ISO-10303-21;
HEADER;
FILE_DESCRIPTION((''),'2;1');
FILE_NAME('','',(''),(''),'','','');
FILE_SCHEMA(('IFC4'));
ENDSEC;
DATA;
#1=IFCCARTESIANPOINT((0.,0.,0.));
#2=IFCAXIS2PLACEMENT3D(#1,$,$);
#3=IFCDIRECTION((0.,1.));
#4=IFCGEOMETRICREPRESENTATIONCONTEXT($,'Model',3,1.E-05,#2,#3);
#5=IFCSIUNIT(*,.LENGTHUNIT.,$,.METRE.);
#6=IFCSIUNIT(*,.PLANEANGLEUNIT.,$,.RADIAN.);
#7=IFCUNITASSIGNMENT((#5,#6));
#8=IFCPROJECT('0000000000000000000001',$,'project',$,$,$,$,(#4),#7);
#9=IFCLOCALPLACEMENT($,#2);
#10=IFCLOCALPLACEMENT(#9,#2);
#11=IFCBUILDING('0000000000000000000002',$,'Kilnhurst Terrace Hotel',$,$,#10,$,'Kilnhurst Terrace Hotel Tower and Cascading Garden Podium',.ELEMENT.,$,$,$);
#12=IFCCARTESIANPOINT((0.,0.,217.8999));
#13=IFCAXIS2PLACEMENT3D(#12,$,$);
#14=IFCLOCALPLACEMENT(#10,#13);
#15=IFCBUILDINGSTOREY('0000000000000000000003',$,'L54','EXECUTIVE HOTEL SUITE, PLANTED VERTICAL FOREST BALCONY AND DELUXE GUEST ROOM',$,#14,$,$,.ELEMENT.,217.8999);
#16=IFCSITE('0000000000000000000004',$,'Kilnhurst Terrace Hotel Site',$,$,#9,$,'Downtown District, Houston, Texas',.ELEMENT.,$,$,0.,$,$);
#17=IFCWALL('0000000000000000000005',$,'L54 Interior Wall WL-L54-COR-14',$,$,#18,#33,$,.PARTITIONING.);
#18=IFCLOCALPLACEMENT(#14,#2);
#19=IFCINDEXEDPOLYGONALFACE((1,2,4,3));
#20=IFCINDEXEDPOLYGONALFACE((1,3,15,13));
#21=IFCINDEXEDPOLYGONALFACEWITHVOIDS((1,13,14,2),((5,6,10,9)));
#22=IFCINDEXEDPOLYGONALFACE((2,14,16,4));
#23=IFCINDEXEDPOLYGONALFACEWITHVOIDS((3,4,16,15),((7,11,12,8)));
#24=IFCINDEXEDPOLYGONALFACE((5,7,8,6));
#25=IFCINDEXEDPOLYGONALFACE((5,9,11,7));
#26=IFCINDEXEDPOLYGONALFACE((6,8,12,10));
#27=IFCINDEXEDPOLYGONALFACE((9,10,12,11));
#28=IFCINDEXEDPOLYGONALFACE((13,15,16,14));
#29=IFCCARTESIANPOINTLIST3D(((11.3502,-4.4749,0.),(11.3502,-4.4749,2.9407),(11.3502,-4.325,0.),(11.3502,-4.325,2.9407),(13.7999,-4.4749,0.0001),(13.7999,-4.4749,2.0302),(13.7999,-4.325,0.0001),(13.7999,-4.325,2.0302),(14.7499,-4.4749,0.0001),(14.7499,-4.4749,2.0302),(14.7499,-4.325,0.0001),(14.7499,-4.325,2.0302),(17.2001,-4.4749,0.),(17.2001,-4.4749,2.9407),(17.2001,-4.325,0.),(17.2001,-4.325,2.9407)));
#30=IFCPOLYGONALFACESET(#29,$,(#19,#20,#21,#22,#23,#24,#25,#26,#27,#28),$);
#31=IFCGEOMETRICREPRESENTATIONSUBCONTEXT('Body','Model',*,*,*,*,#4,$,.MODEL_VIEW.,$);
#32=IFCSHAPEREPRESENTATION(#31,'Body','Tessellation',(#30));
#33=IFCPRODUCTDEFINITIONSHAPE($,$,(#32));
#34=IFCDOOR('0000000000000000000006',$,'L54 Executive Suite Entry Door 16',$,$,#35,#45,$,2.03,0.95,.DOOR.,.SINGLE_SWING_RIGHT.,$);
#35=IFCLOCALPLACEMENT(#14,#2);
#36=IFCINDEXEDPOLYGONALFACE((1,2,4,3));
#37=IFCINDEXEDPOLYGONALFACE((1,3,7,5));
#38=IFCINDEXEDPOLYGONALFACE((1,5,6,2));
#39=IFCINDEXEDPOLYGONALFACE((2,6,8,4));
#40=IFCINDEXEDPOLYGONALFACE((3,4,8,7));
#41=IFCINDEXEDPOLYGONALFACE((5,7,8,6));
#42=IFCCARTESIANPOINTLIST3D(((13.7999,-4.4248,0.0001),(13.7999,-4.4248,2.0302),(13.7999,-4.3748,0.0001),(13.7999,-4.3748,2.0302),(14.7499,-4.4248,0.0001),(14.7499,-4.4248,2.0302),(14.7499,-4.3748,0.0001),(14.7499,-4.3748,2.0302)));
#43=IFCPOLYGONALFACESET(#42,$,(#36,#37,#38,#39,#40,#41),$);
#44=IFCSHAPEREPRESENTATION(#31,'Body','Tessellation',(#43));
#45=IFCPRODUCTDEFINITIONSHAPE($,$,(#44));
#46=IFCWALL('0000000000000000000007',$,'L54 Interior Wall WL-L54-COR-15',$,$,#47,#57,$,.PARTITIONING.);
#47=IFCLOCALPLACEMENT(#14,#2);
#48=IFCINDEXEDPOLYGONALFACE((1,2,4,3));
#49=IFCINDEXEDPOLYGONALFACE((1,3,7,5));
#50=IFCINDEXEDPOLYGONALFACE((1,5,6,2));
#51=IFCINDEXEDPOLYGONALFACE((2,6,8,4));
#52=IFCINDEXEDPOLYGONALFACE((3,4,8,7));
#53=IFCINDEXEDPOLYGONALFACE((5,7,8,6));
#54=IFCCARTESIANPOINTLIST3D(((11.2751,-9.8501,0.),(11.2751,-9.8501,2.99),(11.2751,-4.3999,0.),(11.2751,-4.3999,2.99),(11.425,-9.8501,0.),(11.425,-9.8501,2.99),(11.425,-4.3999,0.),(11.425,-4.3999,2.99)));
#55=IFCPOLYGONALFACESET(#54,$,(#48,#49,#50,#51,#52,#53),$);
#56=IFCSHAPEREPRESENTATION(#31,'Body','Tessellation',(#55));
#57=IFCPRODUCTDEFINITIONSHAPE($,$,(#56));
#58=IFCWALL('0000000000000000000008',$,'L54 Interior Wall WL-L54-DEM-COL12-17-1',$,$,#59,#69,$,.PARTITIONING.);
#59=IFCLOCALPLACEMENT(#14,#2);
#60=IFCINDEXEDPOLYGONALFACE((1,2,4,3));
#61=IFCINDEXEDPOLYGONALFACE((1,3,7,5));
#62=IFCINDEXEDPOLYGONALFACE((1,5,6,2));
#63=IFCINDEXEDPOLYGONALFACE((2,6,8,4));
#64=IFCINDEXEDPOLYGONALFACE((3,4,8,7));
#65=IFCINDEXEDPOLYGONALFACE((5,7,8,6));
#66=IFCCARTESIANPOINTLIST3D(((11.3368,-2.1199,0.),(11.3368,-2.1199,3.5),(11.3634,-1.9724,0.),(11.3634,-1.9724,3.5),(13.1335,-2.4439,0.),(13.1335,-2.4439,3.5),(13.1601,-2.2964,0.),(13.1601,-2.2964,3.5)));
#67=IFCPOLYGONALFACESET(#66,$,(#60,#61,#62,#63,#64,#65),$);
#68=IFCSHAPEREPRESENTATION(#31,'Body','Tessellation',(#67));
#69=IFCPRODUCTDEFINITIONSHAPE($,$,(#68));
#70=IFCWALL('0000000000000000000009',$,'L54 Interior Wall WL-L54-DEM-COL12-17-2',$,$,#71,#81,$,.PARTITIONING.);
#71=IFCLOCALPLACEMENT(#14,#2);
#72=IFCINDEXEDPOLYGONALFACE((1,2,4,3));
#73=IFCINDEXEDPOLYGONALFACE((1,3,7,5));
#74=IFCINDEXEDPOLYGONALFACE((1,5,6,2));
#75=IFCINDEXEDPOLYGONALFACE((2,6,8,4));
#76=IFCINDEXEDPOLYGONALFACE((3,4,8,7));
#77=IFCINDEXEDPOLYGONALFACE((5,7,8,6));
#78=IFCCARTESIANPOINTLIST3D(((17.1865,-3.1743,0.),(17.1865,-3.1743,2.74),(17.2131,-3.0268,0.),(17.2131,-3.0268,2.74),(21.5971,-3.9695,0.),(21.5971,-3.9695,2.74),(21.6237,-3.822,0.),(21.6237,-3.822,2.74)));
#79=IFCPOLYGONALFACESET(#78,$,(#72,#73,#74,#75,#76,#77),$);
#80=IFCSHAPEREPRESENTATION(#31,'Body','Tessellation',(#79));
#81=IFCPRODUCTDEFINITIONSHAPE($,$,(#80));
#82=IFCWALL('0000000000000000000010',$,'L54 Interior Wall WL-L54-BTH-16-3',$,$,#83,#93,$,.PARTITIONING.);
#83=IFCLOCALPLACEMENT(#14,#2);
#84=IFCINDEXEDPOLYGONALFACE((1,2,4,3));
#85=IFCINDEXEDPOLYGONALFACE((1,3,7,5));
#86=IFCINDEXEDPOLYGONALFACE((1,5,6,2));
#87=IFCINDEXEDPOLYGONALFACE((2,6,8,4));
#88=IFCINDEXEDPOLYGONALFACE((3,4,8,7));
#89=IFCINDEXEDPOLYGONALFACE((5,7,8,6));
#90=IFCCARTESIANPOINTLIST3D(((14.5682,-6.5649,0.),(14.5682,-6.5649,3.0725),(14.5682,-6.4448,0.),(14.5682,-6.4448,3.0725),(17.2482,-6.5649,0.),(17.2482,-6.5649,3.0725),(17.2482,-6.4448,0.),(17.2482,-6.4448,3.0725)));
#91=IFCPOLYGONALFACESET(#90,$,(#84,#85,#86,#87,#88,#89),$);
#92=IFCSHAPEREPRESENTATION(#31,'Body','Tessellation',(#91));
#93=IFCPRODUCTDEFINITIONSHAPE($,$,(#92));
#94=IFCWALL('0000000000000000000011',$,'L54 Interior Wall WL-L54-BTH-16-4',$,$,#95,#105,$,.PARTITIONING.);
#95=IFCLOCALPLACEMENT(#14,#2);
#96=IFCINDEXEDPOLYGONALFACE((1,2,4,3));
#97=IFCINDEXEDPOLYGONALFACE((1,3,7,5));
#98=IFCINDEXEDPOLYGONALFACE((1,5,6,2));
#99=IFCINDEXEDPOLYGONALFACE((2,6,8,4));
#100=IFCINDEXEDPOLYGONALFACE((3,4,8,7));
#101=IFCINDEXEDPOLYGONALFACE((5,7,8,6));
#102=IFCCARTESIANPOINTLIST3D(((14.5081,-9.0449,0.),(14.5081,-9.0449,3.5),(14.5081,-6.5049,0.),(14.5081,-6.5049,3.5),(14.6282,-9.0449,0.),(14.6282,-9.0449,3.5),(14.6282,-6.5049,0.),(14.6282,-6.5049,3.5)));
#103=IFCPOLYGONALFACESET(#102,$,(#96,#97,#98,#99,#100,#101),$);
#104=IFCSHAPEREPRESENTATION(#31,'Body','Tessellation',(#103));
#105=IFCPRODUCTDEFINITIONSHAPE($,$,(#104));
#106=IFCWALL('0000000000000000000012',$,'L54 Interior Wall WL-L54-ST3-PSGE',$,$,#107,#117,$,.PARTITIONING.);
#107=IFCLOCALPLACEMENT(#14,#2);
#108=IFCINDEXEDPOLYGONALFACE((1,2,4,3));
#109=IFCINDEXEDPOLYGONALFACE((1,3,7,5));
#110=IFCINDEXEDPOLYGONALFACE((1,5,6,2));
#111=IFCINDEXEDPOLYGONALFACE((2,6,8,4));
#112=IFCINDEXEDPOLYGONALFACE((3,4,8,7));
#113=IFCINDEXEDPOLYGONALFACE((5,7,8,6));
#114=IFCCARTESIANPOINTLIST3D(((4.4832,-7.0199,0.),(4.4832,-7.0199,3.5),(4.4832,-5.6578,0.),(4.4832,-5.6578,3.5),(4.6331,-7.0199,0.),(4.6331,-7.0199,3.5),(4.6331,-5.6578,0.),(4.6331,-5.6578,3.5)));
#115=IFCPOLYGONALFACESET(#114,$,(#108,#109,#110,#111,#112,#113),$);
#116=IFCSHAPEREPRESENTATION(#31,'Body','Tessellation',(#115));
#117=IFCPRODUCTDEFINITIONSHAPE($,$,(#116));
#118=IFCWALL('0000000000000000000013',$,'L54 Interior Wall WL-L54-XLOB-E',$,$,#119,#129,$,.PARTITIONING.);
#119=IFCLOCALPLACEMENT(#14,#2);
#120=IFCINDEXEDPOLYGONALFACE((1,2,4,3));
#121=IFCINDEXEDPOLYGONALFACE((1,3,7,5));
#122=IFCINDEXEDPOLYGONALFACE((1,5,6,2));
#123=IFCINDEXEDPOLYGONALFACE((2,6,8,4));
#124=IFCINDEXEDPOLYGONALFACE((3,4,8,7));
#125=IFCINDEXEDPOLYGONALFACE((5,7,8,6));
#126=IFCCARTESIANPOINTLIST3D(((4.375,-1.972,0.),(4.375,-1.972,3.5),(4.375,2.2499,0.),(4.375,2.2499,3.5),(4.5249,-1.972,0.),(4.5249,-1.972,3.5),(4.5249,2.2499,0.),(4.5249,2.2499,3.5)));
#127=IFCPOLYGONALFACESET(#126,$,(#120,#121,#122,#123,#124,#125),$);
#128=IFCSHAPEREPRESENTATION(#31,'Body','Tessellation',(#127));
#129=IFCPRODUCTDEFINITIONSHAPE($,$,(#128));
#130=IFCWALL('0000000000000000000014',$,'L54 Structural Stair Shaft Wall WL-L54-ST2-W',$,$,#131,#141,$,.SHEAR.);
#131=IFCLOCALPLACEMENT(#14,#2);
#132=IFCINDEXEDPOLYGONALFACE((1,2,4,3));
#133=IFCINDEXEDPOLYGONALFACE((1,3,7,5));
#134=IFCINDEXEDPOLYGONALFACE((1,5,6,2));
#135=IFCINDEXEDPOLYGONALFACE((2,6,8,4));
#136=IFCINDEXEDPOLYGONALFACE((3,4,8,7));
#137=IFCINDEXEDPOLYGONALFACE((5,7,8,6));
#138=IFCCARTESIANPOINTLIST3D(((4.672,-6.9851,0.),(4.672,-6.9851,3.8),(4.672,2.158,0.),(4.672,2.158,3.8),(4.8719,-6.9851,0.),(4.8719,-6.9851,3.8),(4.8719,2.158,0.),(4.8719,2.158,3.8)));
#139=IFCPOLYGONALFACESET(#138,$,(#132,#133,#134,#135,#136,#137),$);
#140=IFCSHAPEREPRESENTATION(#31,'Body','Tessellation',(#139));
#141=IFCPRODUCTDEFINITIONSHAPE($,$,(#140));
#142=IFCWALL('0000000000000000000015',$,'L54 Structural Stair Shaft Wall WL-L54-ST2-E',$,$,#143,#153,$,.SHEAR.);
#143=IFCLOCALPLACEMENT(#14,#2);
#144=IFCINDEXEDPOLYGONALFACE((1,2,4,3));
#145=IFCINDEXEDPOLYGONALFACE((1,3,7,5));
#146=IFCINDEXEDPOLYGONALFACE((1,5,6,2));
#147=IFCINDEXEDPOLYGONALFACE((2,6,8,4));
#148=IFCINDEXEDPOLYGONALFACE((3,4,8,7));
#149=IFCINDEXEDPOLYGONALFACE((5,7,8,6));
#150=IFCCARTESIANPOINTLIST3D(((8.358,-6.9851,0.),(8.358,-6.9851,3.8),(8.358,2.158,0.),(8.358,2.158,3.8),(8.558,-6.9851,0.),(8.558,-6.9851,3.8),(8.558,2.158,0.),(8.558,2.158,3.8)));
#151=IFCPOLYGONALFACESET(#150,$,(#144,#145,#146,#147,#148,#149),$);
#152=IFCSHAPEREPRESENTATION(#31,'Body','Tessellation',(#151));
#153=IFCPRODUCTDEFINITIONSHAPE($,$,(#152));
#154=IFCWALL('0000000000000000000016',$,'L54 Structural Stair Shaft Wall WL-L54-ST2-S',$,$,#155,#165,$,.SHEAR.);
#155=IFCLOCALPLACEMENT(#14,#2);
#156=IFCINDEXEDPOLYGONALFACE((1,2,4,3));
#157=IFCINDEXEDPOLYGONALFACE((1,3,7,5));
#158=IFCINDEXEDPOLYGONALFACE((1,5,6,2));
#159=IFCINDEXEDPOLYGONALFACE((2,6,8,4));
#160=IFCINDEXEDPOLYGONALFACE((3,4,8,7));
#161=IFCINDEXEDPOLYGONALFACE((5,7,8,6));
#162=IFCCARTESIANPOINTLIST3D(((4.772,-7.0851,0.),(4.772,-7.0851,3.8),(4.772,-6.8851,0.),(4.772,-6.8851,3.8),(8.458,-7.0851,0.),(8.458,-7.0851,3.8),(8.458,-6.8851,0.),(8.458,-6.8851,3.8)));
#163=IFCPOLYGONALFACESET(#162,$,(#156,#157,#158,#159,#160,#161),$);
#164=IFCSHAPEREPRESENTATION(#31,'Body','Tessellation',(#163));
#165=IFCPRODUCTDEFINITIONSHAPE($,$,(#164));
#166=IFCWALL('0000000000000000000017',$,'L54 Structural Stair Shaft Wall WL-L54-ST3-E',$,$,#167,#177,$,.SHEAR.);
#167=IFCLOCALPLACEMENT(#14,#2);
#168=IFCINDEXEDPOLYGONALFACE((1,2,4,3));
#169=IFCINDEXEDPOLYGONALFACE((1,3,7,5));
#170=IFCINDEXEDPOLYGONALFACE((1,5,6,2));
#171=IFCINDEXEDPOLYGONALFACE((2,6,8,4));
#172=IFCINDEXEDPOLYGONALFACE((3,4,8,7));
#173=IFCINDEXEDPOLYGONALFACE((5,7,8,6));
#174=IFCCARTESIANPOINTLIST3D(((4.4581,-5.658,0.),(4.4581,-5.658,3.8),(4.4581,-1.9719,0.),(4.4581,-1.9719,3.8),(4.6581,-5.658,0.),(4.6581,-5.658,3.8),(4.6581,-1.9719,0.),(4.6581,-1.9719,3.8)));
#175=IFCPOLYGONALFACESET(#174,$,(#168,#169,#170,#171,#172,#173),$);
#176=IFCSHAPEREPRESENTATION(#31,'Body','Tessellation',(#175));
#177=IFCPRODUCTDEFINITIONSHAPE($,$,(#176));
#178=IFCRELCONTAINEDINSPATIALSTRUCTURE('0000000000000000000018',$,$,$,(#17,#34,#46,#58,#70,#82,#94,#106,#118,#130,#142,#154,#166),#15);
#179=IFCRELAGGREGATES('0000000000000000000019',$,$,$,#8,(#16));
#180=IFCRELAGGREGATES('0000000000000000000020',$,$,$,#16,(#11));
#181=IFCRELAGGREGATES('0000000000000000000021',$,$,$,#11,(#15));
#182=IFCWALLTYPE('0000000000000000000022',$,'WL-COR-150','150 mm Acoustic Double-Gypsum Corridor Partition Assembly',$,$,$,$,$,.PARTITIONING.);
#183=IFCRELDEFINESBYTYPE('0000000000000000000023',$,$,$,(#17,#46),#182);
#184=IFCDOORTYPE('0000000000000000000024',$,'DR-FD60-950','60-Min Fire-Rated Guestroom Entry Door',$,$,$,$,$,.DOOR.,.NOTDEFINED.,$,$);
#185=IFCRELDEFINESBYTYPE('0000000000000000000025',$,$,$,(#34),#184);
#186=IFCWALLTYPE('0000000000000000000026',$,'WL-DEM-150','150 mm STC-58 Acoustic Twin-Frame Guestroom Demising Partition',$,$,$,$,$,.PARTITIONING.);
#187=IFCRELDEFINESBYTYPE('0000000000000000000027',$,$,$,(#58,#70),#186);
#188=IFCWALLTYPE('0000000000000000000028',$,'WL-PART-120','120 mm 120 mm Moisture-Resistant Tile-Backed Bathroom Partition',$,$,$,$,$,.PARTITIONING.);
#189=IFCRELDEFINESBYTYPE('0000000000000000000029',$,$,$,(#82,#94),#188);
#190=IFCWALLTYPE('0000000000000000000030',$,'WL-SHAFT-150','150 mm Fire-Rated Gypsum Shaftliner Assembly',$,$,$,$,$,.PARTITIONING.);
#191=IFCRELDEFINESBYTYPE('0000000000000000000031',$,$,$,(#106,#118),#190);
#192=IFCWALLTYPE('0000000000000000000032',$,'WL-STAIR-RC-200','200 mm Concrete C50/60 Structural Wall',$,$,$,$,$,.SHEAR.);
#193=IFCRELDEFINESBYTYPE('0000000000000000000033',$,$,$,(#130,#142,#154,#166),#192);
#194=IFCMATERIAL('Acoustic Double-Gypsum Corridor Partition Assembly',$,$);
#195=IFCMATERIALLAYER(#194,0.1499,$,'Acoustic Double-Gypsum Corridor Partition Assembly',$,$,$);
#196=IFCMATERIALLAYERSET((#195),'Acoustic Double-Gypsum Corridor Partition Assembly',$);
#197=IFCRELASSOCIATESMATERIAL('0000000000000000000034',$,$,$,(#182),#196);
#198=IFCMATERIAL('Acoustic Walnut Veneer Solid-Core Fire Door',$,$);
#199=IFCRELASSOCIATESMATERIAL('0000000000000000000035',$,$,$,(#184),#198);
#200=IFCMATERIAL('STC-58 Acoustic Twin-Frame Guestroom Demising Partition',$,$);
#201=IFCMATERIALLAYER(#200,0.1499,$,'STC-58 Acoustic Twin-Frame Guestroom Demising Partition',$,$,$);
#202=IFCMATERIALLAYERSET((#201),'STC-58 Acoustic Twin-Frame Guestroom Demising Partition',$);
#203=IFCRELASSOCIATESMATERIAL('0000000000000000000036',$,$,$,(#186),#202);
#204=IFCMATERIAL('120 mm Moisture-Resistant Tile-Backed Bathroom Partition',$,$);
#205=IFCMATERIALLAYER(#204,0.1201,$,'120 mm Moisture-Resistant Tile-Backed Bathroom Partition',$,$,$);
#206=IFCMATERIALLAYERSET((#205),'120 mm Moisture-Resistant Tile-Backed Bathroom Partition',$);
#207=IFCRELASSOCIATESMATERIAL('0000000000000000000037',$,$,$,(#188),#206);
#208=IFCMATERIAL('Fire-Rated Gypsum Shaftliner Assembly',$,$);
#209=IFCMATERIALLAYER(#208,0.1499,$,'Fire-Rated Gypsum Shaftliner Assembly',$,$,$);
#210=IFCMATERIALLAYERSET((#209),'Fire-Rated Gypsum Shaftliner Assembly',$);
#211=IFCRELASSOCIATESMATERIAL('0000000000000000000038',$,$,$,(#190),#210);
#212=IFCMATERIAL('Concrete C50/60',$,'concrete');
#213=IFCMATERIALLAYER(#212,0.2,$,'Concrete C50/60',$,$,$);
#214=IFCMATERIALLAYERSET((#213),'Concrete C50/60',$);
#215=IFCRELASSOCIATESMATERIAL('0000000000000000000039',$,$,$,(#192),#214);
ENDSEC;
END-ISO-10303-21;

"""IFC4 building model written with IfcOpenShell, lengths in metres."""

from ifc_helpers import new_model, si_unit, direction, frame, frame_2d, origin, place, context, subcontext, project, spatial, rectangle, extrude, material, layer, layer_set, type_object, element, fill, save


model = new_model("IFC4")

# Units and contexts
model_context = context("Model", 3, precision=1e-05, world=origin(), true_north=direction((0.0, 1.0)))
body_context = subcontext(model_context, "Body", "Model", "MODEL_VIEW")
ifc_project = project(units=[si_unit("LENGTHUNIT", "METRE"), si_unit("PLANEANGLEUNIT", "RADIAN")], contexts=[model_context])

# Site, building, storey
site_placement = place(None, origin())
site = spatial("IfcSite", under=ifc_project, at=site_placement, Name="Kilnhurst Terrace Hotel Site", LongName="Downtown District, Houston, Texas", CompositionType="ELEMENT", RefElevation=0.0)
building_placement = place(site_placement, origin())
building = spatial("IfcBuilding", under=site, at=building_placement, Name="Kilnhurst Terrace Hotel", LongName="Kilnhurst Terrace Hotel Tower and Cascading Garden Podium", CompositionType="ELEMENT")
storey_placement = place(building_placement, frame((0.0, 0.0, 217.8999)))
storey = spatial("IfcBuildingStorey", under=building, at=storey_placement, Name="L54", Description="EXECUTIVE HOTEL SUITE, PLANTED VERTICAL FOREST BALCONY AND DELUXE GUEST ROOM", CompositionType="ELEMENT", Elevation=217.8999)

# Shared definitions
ifc_material_1 = material(Name="Concrete C50/60", Category="concrete")

# Shared definitions
ifc_material_2 = material(Name="Acoustic Double-Gypsum Corridor Partition Assembly")
ifc_layer_1 = layer(ifc_material_2, 0.1499, Name="Acoustic Double-Gypsum Corridor Partition Assembly")
ifc_layer_set_1 = layer_set([ifc_layer_1], Name="Acoustic Double-Gypsum Corridor Partition Assembly")
wall_type_1 = type_object("IfcWallType", Name="WL-COR-150", Description="150 mm Acoustic Double-Gypsum Corridor Partition Assembly", PredefinedType="PARTITIONING", material=ifc_layer_set_1)

# Wall, opening, door
wall_1_placement = place(storey_placement, frame((17.2, -4.3999, 0.0), z_axis=(0.0, 0.0, 1.0), x_axis=(-1.0, 0.0, 0.0)))
wall_1 = element("IfcWall", 1, at=wall_1_placement, inside=storey, type_object=wall_type_1, Name="L54 Interior Wall WL-L54-COR-14", PredefinedType="PARTITIONING", context=body_context, shape_type="SweptSolid", body=[
    extrude(rectangle(XDim=5.8499, YDim=0.1499, at=frame_2d((2.9248, 0.0))), origin(), (0.0, 0.0, 1.0), 2.9407),
])
opening_1_placement = place(wall_1_placement, frame((2.45, 0.0, 0.0)))
opening_1 = element("IfcOpeningElement", 2, at=opening_1_placement, cuts=wall_1, PredefinedType="OPENING", context=body_context, shape_type="SweptSolid", body=[
    extrude(rectangle(XDim=0.95, YDim=2.03, at=frame_2d((0.4751, 1.0151))), frame((0.0, 0.085, 0.0), z_axis=(0.0, -1.0, 0.0), x_axis=(1.0, 0.0, 0.0)), (0.0, 0.0, 1.0), 0.1699),
])
ifc_material_3 = material(Name="Acoustic Walnut Veneer Solid-Core Fire Door")
door_type_1 = type_object("IfcDoorType", Name="DR-FD60-950", Description="60-Min Fire-Rated Guestroom Entry Door", OperationType="NOTDEFINED", PredefinedType="DOOR", material=ifc_material_3)
door_1_placement = place(opening_1_placement, origin())
door_1 = element("IfcDoor", 3, at=door_1_placement, inside=storey, type_object=door_type_1, Name="L54 Executive Suite Entry Door 16", OperationType="SINGLE_SWING_RIGHT", OverallHeight=2.03, OverallWidth=0.95, PredefinedType="DOOR", context=body_context, shape_type="SweptSolid", body=[
    extrude(rectangle(XDim=0.95, YDim=2.03, at=frame_2d((0.4751, 1.0151))), frame((0.0, 0.0249, 0.0), z_axis=(0.0, -1.0, 0.0), x_axis=(1.0, 0.0, 0.0)), (0.0, 0.0, 1.0), 0.05),
])
fill(opening_1, door_1)

# Wall
wall_2_placement = place(storey_placement, frame((11.3501, -4.3999, 0.0), z_axis=(0.0, 0.0, 1.0), x_axis=(0.0, -1.0, 0.0)))
element("IfcWall", 4, at=wall_2_placement, inside=storey, type_object=wall_type_1, Name="L54 Interior Wall WL-L54-COR-15", PredefinedType="PARTITIONING", context=body_context, shape_type="SweptSolid", body=[
    extrude(rectangle(XDim=5.4502, YDim=0.1499, at=frame_2d((2.7251, 0.0))), origin(), (0.0, 0.0, 1.0), 2.99),
])

# Walls
ifc_material_4 = material(Name="STC-58 Acoustic Twin-Frame Guestroom Demising Partition")
ifc_layer_2 = layer(ifc_material_4, 0.1499, Name="STC-58 Acoustic Twin-Frame Guestroom Demising Partition")
ifc_layer_set_2 = layer_set([ifc_layer_2], Name="STC-58 Acoustic Twin-Frame Guestroom Demising Partition")
wall_type_2 = type_object("IfcWallType", Name="WL-DEM-150", Description="150 mm STC-58 Acoustic Twin-Frame Guestroom Demising Partition", PredefinedType="PARTITIONING", material=ifc_layer_set_2)
wall_3_placement = place(storey_placement, frame((11.3501, -2.0461, 0.0), z_axis=(0.0, 0.0, 1.0), x_axis=(0.984128, -0.177461, 0.0)))
element("IfcWall", 5, at=wall_3_placement, inside=storey, type_object=wall_type_2, Name="L54 Interior Wall WL-L54-DEM-COL12-17-1", PredefinedType="PARTITIONING", context=body_context, shape_type="SweptSolid", body=[
    extrude(rectangle(XDim=1.8257, YDim=0.1499, at=frame_2d((0.9128, 0.0))), origin(), (0.0, 0.0, 1.0), 3.5),
])
wall_4_placement = place(storey_placement, frame((17.2, -3.1006, 0.0), z_axis=(0.0, 0.0, 1.0), x_axis=(0.984135, -0.177423, 0.0)))
element("IfcWall", 6, at=wall_4_placement, inside=storey, type_object=wall_type_2, Name="L54 Interior Wall WL-L54-DEM-COL12-17-2", PredefinedType="PARTITIONING", context=body_context, shape_type="SweptSolid", body=[
    extrude(rectangle(XDim=4.4817, YDim=0.1499, at=frame_2d((2.2407, 0.0))), origin(), (0.0, 0.0, 1.0), 2.74),
])
ifc_material_5 = material(Name="120 mm Moisture-Resistant Tile-Backed Bathroom Partition")
ifc_layer_3 = layer(ifc_material_5, 0.1201, Name="120 mm Moisture-Resistant Tile-Backed Bathroom Partition")
ifc_layer_set_3 = layer_set([ifc_layer_3], Name="120 mm Moisture-Resistant Tile-Backed Bathroom Partition")
wall_type_3 = type_object("IfcWallType", Name="WL-PART-120", Description="120 mm 120 mm Moisture-Resistant Tile-Backed Bathroom Partition", PredefinedType="PARTITIONING", material=ifc_layer_set_3)
wall_5_placement = place(storey_placement, frame((17.248, -6.5049, 0.0), z_axis=(0.0, 0.0, 1.0), x_axis=(-1.0, 0.0, 0.0)))
element("IfcWall", 7, at=wall_5_placement, inside=storey, type_object=wall_type_3, Name="L54 Interior Wall WL-L54-BTH-16-3", PredefinedType="PARTITIONING", context=body_context, shape_type="SweptSolid", body=[
    extrude(rectangle(XDim=2.6799, YDim=0.1201, at=frame_2d((1.3398, 0.0))), origin(), (0.0, 0.0, 1.0), 3.0725),
])
wall_6_placement = place(storey_placement, frame((14.5681, -6.5049, 0.0), z_axis=(0.0, 0.0, 1.0), x_axis=(0.0, -1.0, 0.0)))
element("IfcWall", 8, at=wall_6_placement, inside=storey, type_object=wall_type_3, Name="L54 Interior Wall WL-L54-BTH-16-4", PredefinedType="PARTITIONING", context=body_context, shape_type="SweptSolid", body=[
    extrude(rectangle(XDim=2.54, YDim=0.1201, at=frame_2d((1.27, 0.0))), origin(), (0.0, 0.0, 1.0), 3.5),
])
ifc_material_6 = material(Name="Fire-Rated Gypsum Shaftliner Assembly")
ifc_layer_4 = layer(ifc_material_6, 0.1499, Name="Fire-Rated Gypsum Shaftliner Assembly")
ifc_layer_set_4 = layer_set([ifc_layer_4], Name="Fire-Rated Gypsum Shaftliner Assembly")
wall_type_4 = type_object("IfcWallType", Name="WL-SHAFT-150", Description="150 mm Fire-Rated Gypsum Shaftliner Assembly", PredefinedType="PARTITIONING", material=ifc_layer_set_4)
wall_7_placement = place(storey_placement, frame((4.5581, -7.02, 0.0), z_axis=(0.0, 0.0, 1.0), x_axis=(0.0, 1.0, 0.0)))
element("IfcWall", 9, at=wall_7_placement, inside=storey, type_object=wall_type_4, Name="L54 Interior Wall WL-L54-ST3-PSGE", PredefinedType="PARTITIONING", context=body_context, shape_type="SweptSolid", body=[
    extrude(rectangle(XDim=1.3621, YDim=0.1499, at=frame_2d((0.6812, 0.0))), origin(), (0.0, 0.0, 1.0), 3.5),
])
wall_8_placement = place(storey_placement, frame((4.45, -1.9719, 0.0), z_axis=(0.0, 0.0, 1.0), x_axis=(0.0, 1.0, 0.0)))
element("IfcWall", 10, at=wall_8_placement, inside=storey, type_object=wall_type_4, Name="L54 Interior Wall WL-L54-XLOB-E", PredefinedType="PARTITIONING", context=body_context, shape_type="SweptSolid", body=[
    extrude(rectangle(XDim=4.2219, YDim=0.1499, at=frame_2d((2.1108, 0.0))), origin(), (0.0, 0.0, 1.0), 3.5),
])
ifc_layer_5 = layer(ifc_material_1, 0.2, Name="Concrete C50/60")
ifc_layer_set_5 = layer_set([ifc_layer_5], Name="Concrete C50/60")
wall_type_5 = type_object("IfcWallType", Name="WL-STAIR-RC-200", Description="200 mm Concrete C50/60 Structural Wall", PredefinedType="SHEAR", material=ifc_layer_set_5)
for number, where, z_axis, x_axis, name in (
    (11, (4.772, -6.9851, 0.0), (0.0, 0.0, 1.0), (0.0, 1.0, 0.0), "L54 Structural Stair Shaft Wall WL-L54-ST2-W"),
    (12, (8.458, -6.9851, 0.0), (0.0, 0.0, 1.0), (0.0, 1.0, 0.0), "L54 Structural Stair Shaft Wall WL-L54-ST2-E"),
):
    element("IfcWall", number, at=place(storey_placement, frame(where, z_axis=z_axis, x_axis=x_axis)), inside=storey, type_object=wall_type_5, Name=name, PredefinedType="SHEAR", context=body_context, shape_type="SweptSolid", body=[
        extrude(rectangle(XDim=9.1431, YDim=0.2, at=frame_2d((4.5715, 0.0))), origin(), (0.0, 0.0, 1.0), 3.8),
    ])
for number, where, z_axis, x_axis, name in (
    (13, (4.772, -6.9851, 0.0), (0.0, 0.0, 1.0), (1.0, 0.0, 0.0), "L54 Structural Stair Shaft Wall WL-L54-ST2-S"),
    (14, (4.5581, -5.658, 0.0), (0.0, 0.0, 1.0), (0.0, 1.0, 0.0), "L54 Structural Stair Shaft Wall WL-L54-ST3-E"),
):
    element("IfcWall", number, at=place(storey_placement, frame(where, z_axis=z_axis, x_axis=x_axis)), inside=storey, type_object=wall_type_5, Name=name, PredefinedType="SHEAR", context=body_context, shape_type="SweptSolid", body=[
        extrude(rectangle(XDim=3.686, YDim=0.2, at=frame_2d((1.843, 0.0))), origin(), (0.0, 0.0, 1.0), 3.8),
    ])

save(model, "model.ifc")
